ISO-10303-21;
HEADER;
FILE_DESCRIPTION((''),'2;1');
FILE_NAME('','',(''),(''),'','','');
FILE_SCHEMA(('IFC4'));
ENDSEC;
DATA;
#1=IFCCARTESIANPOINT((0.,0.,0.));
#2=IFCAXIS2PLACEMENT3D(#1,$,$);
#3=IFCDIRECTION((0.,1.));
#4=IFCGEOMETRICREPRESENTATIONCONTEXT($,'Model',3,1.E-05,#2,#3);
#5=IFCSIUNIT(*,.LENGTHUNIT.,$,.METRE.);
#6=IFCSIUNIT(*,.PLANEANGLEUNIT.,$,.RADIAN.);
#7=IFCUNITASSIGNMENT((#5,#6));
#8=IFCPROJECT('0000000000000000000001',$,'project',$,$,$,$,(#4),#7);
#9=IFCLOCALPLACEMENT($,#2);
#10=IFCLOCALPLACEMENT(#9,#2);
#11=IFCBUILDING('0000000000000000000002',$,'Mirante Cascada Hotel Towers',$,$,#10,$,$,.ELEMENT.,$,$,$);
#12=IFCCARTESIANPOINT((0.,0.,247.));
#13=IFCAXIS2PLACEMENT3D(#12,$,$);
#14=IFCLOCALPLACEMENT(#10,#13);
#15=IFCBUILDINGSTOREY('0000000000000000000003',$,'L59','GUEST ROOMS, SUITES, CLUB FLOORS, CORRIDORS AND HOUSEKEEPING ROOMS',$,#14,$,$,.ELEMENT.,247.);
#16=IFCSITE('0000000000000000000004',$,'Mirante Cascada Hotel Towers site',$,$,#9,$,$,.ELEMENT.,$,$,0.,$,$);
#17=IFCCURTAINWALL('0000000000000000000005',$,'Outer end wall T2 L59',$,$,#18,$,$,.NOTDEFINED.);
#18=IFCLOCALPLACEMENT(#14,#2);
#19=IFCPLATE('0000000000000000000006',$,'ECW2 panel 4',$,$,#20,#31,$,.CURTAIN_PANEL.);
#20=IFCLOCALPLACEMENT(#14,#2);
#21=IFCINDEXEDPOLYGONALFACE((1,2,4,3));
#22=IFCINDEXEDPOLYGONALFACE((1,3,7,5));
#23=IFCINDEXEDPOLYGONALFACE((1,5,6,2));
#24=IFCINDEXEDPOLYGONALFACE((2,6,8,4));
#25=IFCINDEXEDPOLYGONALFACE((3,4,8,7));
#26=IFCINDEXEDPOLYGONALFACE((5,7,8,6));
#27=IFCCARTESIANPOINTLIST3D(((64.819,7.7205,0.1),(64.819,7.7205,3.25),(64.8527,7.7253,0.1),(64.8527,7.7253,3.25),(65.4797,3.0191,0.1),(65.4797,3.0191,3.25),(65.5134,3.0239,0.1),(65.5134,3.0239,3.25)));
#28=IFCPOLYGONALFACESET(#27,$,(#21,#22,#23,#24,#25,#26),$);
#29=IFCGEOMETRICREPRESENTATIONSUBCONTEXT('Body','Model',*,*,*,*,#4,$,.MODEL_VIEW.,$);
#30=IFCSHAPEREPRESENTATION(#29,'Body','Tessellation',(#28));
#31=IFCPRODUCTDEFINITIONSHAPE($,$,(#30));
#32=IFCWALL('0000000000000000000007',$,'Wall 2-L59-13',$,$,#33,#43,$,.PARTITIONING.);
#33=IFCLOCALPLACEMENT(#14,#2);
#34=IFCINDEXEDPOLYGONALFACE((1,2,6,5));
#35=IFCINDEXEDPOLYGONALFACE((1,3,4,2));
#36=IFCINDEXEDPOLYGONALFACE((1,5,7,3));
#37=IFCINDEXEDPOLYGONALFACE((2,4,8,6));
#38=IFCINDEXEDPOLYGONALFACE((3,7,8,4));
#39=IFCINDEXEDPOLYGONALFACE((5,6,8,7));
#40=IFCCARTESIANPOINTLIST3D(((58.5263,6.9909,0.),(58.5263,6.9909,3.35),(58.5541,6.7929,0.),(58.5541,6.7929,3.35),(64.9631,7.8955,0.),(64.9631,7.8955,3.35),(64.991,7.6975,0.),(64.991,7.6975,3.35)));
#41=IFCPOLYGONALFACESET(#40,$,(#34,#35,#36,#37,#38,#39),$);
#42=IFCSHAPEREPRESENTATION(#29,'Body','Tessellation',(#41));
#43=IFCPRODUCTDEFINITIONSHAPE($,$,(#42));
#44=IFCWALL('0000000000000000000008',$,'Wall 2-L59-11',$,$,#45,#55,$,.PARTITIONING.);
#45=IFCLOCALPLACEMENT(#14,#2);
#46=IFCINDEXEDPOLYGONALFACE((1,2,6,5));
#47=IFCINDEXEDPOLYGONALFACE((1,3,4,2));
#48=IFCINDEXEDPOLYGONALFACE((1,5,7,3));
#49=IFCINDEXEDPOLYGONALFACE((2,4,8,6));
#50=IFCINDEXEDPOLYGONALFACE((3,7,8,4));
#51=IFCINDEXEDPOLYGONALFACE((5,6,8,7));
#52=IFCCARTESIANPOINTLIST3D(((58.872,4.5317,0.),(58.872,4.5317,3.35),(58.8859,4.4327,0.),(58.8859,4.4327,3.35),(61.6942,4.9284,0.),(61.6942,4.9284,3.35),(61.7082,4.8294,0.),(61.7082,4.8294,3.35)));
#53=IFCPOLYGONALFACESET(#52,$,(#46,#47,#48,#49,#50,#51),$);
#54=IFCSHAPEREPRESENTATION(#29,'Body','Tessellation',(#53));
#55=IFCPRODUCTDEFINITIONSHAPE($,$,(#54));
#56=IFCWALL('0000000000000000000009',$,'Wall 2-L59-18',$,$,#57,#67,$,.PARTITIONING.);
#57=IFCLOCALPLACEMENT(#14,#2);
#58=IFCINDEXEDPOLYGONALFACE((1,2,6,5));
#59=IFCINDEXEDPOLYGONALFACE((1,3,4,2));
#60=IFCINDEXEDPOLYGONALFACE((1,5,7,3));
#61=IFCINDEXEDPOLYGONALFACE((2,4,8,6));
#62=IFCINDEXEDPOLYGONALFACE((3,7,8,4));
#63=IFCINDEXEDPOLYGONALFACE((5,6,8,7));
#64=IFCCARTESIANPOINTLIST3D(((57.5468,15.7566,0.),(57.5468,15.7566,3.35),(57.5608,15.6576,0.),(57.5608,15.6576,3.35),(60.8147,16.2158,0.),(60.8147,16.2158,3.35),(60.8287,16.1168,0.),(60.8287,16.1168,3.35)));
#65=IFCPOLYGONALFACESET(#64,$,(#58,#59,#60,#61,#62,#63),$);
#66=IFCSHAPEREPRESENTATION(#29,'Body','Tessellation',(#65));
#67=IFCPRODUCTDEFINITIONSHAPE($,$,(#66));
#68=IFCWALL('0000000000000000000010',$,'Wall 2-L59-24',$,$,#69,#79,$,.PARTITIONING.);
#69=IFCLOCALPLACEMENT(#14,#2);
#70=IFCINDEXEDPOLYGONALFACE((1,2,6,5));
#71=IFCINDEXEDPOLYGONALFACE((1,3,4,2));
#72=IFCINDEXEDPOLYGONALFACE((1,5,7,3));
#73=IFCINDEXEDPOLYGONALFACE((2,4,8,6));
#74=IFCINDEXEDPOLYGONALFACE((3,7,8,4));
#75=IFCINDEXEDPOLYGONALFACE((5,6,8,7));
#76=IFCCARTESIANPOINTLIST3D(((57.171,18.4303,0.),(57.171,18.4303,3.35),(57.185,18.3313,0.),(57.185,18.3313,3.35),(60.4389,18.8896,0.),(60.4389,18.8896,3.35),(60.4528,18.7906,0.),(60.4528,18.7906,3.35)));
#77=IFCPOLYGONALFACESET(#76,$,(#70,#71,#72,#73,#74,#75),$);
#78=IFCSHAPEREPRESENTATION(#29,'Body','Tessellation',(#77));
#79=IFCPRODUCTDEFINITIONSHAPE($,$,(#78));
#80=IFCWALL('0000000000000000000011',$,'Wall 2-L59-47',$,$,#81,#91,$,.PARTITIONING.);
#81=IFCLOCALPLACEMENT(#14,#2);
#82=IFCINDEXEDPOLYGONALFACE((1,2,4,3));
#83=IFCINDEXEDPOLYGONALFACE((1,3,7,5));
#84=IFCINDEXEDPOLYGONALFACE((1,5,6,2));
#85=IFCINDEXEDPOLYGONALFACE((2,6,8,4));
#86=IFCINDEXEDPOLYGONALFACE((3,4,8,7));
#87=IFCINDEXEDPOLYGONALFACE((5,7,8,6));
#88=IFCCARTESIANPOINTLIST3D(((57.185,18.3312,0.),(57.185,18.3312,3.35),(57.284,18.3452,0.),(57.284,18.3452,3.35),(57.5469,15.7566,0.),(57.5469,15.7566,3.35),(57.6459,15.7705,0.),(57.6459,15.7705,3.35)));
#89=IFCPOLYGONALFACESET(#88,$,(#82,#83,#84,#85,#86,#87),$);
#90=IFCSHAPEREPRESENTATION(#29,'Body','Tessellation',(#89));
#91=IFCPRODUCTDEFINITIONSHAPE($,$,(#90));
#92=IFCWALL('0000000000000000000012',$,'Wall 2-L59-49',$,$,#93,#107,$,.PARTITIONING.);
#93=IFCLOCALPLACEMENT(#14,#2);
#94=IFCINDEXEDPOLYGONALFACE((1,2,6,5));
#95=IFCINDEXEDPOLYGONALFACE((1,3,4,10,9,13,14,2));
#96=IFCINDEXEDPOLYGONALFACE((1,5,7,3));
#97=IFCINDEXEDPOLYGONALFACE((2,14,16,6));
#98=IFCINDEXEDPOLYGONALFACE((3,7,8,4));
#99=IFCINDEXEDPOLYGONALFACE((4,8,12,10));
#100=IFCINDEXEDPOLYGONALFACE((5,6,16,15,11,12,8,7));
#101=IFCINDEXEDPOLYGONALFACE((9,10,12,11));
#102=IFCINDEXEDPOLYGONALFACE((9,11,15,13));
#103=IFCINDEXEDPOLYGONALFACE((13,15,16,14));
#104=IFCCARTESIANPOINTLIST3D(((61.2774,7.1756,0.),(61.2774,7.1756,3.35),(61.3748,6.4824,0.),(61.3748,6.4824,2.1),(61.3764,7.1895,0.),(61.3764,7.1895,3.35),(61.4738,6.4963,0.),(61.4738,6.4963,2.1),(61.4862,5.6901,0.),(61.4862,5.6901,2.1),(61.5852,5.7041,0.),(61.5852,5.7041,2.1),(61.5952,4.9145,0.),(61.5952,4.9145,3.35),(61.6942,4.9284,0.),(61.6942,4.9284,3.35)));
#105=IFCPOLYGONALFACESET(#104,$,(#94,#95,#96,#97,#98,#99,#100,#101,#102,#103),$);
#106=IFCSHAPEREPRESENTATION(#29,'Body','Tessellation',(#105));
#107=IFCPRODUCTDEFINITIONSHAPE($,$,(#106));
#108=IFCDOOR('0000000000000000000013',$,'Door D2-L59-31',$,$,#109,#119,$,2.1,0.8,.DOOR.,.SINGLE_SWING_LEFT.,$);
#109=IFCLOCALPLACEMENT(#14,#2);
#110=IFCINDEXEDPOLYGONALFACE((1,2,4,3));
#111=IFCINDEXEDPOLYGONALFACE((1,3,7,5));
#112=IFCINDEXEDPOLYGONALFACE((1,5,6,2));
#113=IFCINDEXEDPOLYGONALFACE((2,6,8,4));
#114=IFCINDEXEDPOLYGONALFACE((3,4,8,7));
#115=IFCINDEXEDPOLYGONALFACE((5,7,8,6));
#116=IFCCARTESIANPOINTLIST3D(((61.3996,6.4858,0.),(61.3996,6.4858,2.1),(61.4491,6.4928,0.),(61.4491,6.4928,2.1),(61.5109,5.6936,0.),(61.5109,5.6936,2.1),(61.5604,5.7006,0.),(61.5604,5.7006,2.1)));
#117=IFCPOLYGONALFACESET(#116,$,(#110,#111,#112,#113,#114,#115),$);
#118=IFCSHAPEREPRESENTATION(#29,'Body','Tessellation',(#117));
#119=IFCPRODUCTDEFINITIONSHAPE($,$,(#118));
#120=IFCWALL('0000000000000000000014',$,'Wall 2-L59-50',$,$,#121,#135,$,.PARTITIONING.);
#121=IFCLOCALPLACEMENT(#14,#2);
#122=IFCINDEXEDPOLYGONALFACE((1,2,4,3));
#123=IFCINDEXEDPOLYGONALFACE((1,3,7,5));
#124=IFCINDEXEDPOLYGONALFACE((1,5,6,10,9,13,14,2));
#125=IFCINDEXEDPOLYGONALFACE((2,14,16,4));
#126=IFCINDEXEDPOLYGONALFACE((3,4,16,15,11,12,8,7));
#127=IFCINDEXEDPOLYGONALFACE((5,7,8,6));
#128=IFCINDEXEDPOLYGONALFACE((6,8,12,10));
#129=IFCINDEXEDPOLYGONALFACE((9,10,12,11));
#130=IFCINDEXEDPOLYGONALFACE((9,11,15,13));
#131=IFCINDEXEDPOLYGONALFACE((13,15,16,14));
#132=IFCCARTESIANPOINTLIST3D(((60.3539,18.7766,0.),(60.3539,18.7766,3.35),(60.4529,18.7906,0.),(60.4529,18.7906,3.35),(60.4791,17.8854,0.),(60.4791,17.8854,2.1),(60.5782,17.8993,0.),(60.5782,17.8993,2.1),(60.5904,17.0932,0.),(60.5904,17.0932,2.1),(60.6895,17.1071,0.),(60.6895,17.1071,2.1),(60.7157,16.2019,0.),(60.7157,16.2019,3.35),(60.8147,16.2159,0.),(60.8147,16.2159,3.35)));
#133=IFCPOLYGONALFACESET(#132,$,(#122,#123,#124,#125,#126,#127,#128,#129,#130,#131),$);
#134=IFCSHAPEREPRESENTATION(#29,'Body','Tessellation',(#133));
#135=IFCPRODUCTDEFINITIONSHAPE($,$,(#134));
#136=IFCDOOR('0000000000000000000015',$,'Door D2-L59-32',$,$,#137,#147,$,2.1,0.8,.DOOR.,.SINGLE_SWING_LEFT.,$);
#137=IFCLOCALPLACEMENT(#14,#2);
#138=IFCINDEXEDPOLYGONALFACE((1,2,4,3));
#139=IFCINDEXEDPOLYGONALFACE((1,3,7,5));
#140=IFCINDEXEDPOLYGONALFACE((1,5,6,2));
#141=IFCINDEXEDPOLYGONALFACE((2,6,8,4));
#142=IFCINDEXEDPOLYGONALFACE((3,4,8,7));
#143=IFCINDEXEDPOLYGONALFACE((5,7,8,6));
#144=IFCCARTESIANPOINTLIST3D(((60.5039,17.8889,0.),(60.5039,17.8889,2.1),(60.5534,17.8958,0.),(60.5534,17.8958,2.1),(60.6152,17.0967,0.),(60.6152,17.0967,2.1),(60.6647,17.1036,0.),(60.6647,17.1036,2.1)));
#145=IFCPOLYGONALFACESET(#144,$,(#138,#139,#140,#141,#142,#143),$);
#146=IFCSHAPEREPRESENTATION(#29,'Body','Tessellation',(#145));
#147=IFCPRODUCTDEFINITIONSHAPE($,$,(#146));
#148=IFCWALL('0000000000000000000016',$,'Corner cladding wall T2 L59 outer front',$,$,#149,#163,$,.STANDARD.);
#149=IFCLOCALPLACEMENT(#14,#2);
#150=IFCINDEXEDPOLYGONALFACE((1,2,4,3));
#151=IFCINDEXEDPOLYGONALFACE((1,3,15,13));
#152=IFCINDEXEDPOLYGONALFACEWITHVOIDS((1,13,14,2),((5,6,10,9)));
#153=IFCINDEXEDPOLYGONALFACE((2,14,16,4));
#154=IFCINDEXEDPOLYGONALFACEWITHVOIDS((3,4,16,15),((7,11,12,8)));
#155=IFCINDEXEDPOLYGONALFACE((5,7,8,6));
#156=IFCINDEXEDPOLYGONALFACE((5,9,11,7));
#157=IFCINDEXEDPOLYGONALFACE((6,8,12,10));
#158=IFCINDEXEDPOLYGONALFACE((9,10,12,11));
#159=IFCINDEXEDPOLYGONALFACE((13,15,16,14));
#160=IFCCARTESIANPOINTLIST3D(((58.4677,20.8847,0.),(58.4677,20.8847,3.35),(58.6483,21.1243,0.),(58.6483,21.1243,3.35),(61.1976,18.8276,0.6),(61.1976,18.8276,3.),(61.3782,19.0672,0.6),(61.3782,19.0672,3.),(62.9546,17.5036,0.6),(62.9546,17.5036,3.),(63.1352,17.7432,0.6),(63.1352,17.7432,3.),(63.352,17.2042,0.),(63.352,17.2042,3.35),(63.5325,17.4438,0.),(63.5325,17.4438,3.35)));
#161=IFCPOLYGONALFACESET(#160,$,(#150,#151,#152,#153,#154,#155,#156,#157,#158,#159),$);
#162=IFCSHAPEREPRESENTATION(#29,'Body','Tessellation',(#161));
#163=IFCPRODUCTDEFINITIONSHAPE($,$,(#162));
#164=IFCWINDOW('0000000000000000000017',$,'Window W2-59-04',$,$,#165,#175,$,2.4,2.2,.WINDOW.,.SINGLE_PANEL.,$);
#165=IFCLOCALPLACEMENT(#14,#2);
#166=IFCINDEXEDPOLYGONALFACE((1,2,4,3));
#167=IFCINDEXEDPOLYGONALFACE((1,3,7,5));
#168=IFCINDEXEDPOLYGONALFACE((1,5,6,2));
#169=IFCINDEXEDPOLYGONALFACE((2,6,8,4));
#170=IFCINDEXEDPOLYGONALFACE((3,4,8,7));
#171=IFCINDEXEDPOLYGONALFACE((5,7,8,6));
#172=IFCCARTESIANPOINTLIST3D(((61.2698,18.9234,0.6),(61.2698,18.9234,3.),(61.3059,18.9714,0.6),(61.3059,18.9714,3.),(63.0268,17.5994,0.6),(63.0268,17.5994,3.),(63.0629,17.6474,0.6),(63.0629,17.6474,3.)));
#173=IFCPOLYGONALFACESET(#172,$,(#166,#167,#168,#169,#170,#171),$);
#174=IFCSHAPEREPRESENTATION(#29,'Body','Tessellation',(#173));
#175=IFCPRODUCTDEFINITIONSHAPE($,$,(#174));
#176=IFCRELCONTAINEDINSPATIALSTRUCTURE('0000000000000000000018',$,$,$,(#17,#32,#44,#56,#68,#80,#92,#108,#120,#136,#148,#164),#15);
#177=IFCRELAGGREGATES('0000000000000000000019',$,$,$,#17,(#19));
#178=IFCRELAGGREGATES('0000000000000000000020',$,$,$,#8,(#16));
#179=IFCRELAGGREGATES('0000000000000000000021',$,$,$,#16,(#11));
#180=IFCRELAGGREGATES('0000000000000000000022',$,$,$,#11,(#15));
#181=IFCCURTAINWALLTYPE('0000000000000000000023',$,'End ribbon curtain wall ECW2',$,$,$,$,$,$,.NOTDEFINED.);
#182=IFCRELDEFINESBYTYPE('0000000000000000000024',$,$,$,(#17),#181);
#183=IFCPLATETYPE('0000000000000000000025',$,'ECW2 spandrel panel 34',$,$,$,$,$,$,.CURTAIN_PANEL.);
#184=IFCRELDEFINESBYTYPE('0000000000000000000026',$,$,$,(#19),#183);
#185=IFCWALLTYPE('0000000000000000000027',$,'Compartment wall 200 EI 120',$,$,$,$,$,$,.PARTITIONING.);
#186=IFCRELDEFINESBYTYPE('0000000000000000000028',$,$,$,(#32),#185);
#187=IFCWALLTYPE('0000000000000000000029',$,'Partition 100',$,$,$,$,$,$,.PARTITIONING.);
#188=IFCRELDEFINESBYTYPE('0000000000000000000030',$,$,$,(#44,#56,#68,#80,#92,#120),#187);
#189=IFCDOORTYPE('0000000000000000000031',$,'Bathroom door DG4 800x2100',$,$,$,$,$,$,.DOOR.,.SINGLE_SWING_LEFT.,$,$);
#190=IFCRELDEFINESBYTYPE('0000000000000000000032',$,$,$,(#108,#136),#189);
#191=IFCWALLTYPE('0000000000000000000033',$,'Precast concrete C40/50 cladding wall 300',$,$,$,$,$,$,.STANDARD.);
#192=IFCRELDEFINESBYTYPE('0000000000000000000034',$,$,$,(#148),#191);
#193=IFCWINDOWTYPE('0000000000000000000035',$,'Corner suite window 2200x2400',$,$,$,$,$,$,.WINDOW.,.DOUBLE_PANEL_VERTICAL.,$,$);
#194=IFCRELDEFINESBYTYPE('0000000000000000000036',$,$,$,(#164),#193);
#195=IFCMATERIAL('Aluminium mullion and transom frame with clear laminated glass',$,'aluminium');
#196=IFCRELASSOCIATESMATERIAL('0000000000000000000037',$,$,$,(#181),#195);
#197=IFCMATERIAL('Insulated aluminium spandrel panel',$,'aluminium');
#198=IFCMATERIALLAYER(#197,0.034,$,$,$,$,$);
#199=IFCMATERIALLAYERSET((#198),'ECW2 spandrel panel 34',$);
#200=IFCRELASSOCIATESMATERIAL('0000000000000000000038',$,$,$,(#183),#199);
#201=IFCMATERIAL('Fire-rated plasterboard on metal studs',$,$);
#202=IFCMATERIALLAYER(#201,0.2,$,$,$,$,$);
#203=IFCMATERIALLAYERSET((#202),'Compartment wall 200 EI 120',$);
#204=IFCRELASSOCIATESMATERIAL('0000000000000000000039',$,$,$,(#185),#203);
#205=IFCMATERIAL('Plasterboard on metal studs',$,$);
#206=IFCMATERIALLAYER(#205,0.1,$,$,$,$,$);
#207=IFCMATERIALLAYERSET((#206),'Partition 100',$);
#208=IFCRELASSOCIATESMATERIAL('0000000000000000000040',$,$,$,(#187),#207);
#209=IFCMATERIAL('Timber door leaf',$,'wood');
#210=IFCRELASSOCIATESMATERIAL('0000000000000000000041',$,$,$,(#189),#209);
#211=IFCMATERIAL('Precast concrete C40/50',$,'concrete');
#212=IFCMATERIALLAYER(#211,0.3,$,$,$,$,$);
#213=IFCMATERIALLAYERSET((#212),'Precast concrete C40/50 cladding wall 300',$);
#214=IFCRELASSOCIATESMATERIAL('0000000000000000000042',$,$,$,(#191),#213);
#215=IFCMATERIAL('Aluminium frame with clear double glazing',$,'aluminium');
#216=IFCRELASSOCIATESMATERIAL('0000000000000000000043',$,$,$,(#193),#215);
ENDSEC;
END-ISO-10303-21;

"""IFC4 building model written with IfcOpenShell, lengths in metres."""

from ifc_helpers import new_model, si_unit, direction, frame, frame_2d, origin, origin_2d, place, context, subcontext, project, spatial, rectangle, extrude, material, layer, layer_set, type_object, element, fill, aggregate, save


model = new_model("IFC4")

# Units and contexts
model_context = context("Model", 3, precision=1e-05, world=origin(), true_north=direction((0.0, 1.0)))
body_context = subcontext(model_context, "Body", "Model", "MODEL_VIEW")
ifc_project = project(units=[si_unit("LENGTHUNIT", "METRE"), si_unit("PLANEANGLEUNIT", "RADIAN")], contexts=[model_context])

# Site, building, storey
site_placement = place(None, origin())
site = spatial("IfcSite", under=ifc_project, at=site_placement, Name="Mirante Cascada Hotel Towers site", CompositionType="ELEMENT", RefElevation=0.0)
building_placement = place(site_placement, origin())
building = spatial("IfcBuilding", under=site, at=building_placement, Name="Mirante Cascada Hotel Towers", CompositionType="ELEMENT")
storey_placement = place(building_placement, frame((0.0, 0.0, 247.0)))
storey = spatial("IfcBuildingStorey", under=building, at=storey_placement, Name="L59", Description="GUEST ROOMS, SUITES, CLUB FLOORS, CORRIDORS AND HOUSEKEEPING ROOMS", CompositionType="ELEMENT", Elevation=247.0)

# Curtain wall
ifc_material_1 = material(Name="Aluminium mullion and transom frame with clear laminated glass", Category="aluminium")
curtain_wall_type_1 = type_object("IfcCurtainWallType", Name="End ribbon curtain wall ECW2", PredefinedType="NOTDEFINED", material=ifc_material_1)
curtain_wall_1_placement = place(storey_placement, origin())
curtain_wall_1 = element("IfcCurtainWall", 1, at=curtain_wall_1_placement, inside=storey, type_object=curtain_wall_type_1, Name="Outer end wall T2 L59", PredefinedType="NOTDEFINED")

# Plate
ifc_material_2 = material(Name="Insulated aluminium spandrel panel", Category="aluminium")
ifc_layer_1 = layer(ifc_material_2, 0.034)
ifc_layer_set_1 = layer_set([ifc_layer_1], Name="ECW2 spandrel panel 34")
plate_type_1 = type_object("IfcPlateType", Name="ECW2 spandrel panel 34", PredefinedType="CURTAIN_PANEL", material=ifc_layer_set_1)
plate_1_placement = place(storey_placement, frame((65.1662, 5.3722, 0.1), z_axis=(0.0, 0.0, 1.0), x_axis=(-0.139173, 0.990268, 0.0)))
plate_1 = element("IfcPlate", 2, at=plate_1_placement, type_object=plate_type_1, Name="ECW2 panel 4", PredefinedType="CURTAIN_PANEL", context=body_context, shape_type="SweptSolid", body=[
    extrude(rectangle(XDim=4.7476, YDim=0.034, at=origin_2d()), origin(), (0.0, 0.0, 1.0), 3.15),
])
aggregate(curtain_wall_1, [plate_1])

# Walls
ifc_material_3 = material(Name="Fire-rated plasterboard on metal studs")
ifc_layer_2 = layer(ifc_material_3, 0.2)
ifc_layer_set_2 = layer_set([ifc_layer_2], Name="Compartment wall 200 EI 120")
wall_type_1 = type_object("IfcWallType", Name="Compartment wall 200 EI 120", PredefinedType="PARTITIONING", material=ifc_layer_set_2)
wall_1_placement = place(storey_placement, frame((64.977, 7.7965, 0.0), z_axis=(0.0, 0.0, 1.0), x_axis=(-0.990269, -0.139168, 0.0)))
element("IfcWall", 3, at=wall_1_placement, inside=storey, type_object=wall_type_1, Name="Wall 2-L59-13", PredefinedType="PARTITIONING", context=body_context, shape_type="SweptSolid", body=[
    extrude(rectangle(XDim=6.5001, YDim=0.2, at=frame_2d((3.25, 0.0))), origin(), (0.0, 0.0, 1.0), 3.35),
])
ifc_material_4 = material(Name="Plasterboard on metal studs")
ifc_layer_3 = layer(ifc_material_4, 0.1)
ifc_layer_set_3 = layer_set([ifc_layer_3], Name="Partition 100")
wall_type_2 = type_object("IfcWallType", Name="Partition 100", PredefinedType="PARTITIONING", material=ifc_layer_set_3)
wall_2_placement = place(storey_placement, frame((61.7012, 4.8789, 0.0), z_axis=(0.0, 0.0, 1.0), x_axis=(-0.990266, -0.139191, 0.0)))
element("IfcWall", 4, at=wall_2_placement, inside=storey, type_object=wall_type_2, Name="Wall 2-L59-11", PredefinedType="PARTITIONING", context=body_context, shape_type="SweptSolid", body=[
    extrude(rectangle(XDim=2.85, YDim=0.1, at=frame_2d((1.425, 0.0))), origin(), (0.0, 0.0, 1.0), 3.35),
])
for number, where, z_axis, x_axis, name in (
    (5, (57.5538, 15.7071, 0.0), (0.0, 0.0, 1.0), (0.990271, 0.139151, 0.0), "Wall 2-L59-18"),
    (6, (57.178, 18.3808, 0.0), (0.0, 0.0, 1.0), (0.990267, 0.139181, 0.0), "Wall 2-L59-24"),
):
    element("IfcWall", number, at=place(storey_placement, frame(where, z_axis=z_axis, x_axis=x_axis)), inside=storey, type_object=wall_type_2, Name=name, PredefinedType="PARTITIONING", context=body_context, shape_type="SweptSolid", body=[
        extrude(rectangle(XDim=3.3, YDim=0.1, at=frame_2d((1.65, 0.0))), origin(), (0.0, 0.0, 1.0), 3.35),
    ])
wall_3_placement = place(storey_placement, frame((57.2345, 18.3382, 0.0), z_axis=(0.0, 0.0, 1.0), x_axis=(0.139192, -0.990265, 0.0)))
element("IfcWall", 7, at=wall_3_placement, inside=storey, type_object=wall_type_2, Name="Wall 2-L59-47", PredefinedType="PARTITIONING", context=body_context, shape_type="SweptSolid", body=[
    extrude(rectangle(XDim=2.6, YDim=0.1, at=frame_2d((1.3, 0.0))), origin(), (0.0, 0.0, 1.0), 3.35),
])

# Walls, openings, doors
wall_4_placement = place(storey_placement, frame((61.3269, 7.1825, 0.0), z_axis=(0.0, 0.0, 1.0), x_axis=(0.139183, -0.990267, 0.0)))
wall_4 = element("IfcWall", 8, at=wall_4_placement, inside=storey, type_object=wall_type_2, Name="Wall 2-L59-49", PredefinedType="PARTITIONING", context=body_context, shape_type="SweptSolid", body=[
    extrude(rectangle(XDim=2.2833, YDim=0.1, at=frame_2d((1.1416, 0.0))), origin(), (0.0, 0.0, 1.0), 3.35),
])
opening_1_placement = place(wall_4_placement, frame((0.7, 0.0, 0.0)))
opening_1 = element("IfcOpeningElement", 9, at=opening_1_placement, cuts=wall_4, PredefinedType="OPENING", context=body_context, shape_type="SweptSolid", body=[
    extrude(rectangle(XDim=0.8, YDim=2.1, at=frame_2d((0.4, 1.05))), frame((0.0, 0.05, 0.0), z_axis=(0.0, -1.0, 0.0), x_axis=(1.0, 0.0, 0.0)), (0.0, 0.0, 1.0), 0.1),
])
ifc_material_5 = material(Name="Timber door leaf", Category="wood")
door_type = type_object("IfcDoorType", Name="Bathroom door DG4 800x2100", OperationType="SINGLE_SWING_LEFT", PredefinedType="DOOR", material=ifc_material_5)
door_1_placement = place(opening_1_placement, origin())
door_1 = element("IfcDoor", 10, at=door_1_placement, inside=storey, type_object=door_type, Name="Door D2-L59-31", OperationType="SINGLE_SWING_LEFT", OverallHeight=2.1, OverallWidth=0.8, PredefinedType="DOOR", context=body_context, shape_type="SweptSolid", body=[
    extrude(rectangle(XDim=0.8, YDim=2.1, at=frame_2d((0.4, 1.05))), frame((0.0, 0.025, 0.0), z_axis=(0.0, -1.0, 0.0), x_axis=(1.0, 0.0, 0.0)), (0.0, 0.0, 1.0), 0.05),
])
fill(opening_1, door_1)
wall_5_placement = place(storey_placement, frame((60.7652, 16.2089, 0.0), z_axis=(0.0, 0.0, 1.0), x_axis=(-0.139154, 0.990271, 0.0)))
wall_5 = element("IfcWall", 11, at=wall_5_placement, inside=storey, type_object=wall_type_2, Name="Wall 2-L59-50", PredefinedType="PARTITIONING", context=body_context, shape_type="SweptSolid", body=[
    extrude(rectangle(XDim=2.6, YDim=0.1, at=frame_2d((1.3, 0.0))), origin(), (0.0, 0.0, 1.0), 3.35),
])
opening_2_placement = place(wall_5_placement, frame((0.9, 0.0, 0.0)))
opening_2 = element("IfcOpeningElement", 12, at=opening_2_placement, cuts=wall_5, PredefinedType="OPENING", context=body_context, shape_type="SweptSolid", body=[
    extrude(rectangle(XDim=0.8, YDim=2.1, at=frame_2d((0.4, 1.05))), frame((0.0, 0.05, 0.0), z_axis=(0.0, -1.0, 0.0), x_axis=(1.0, 0.0, 0.0)), (0.0, 0.0, 1.0), 0.1),
])
door_2_placement = place(opening_2_placement, origin())
door_2 = element("IfcDoor", 13, at=door_2_placement, inside=storey, type_object=door_type, Name="Door D2-L59-32", OperationType="SINGLE_SWING_LEFT", OverallHeight=2.1, OverallWidth=0.8, PredefinedType="DOOR", context=body_context, shape_type="SweptSolid", body=[
    extrude(rectangle(XDim=0.8, YDim=2.1, at=frame_2d((0.4, 1.05))), frame((0.0, 0.025, 0.0), z_axis=(0.0, -1.0, 0.0), x_axis=(1.0, 0.0, 0.0)), (0.0, 0.0, 1.0), 0.05),
])
fill(opening_2, door_2)

# Wall, opening, window
ifc_material_6 = material(Name="Precast concrete C40/50", Category="concrete")
ifc_layer_4 = layer(ifc_material_6, 0.3)
ifc_layer_set_4 = layer_set([ifc_layer_4], Name="Precast concrete C40/50 cladding wall 300")
wall_type_3 = type_object("IfcWallType", Name="Precast concrete C40/50 cladding wall 300", PredefinedType="STANDARD", material=ifc_layer_set_4)
wall_6_placement = place(storey_placement, frame((63.4422, 17.324, 0.0), z_axis=(0.0, 0.0, 1.0), x_axis=(-0.798636, 0.601814, 0.0)))
wall_6 = element("IfcWall", 14, at=wall_6_placement, inside=storey, type_object=wall_type_3, Name="Corner cladding wall T2 L59 outer front", PredefinedType="STANDARD", context=body_context, shape_type="SweptSolid", body=[
    extrude(rectangle(XDim=6.1157, YDim=0.3, at=frame_2d((3.0578, 0.0))), origin(), (0.0, 0.0, 1.0), 3.35),
])
opening_3_placement = place(wall_6_placement, frame((0.4975, 0.0, 0.6)))
opening_3 = element("IfcOpeningElement", 15, at=opening_3_placement, cuts=wall_6, PredefinedType="OPENING", context=body_context, shape_type="SweptSolid", body=[
    extrude(rectangle(XDim=2.2, YDim=2.4, at=frame_2d((1.1, 1.2))), frame((0.0, 0.15, 0.0), z_axis=(0.0, -1.0, 0.0), x_axis=(1.0, 0.0, 0.0)), (0.0, 0.0, 1.0), 0.3),
])
ifc_material_7 = material(Name="Aluminium frame with clear double glazing", Category="aluminium")
window_type = type_object("IfcWindowType", Name="Corner suite window 2200x2400", PartitioningType="DOUBLE_PANEL_VERTICAL", PredefinedType="WINDOW", material=ifc_material_7)
window_placement = place(opening_3_placement, origin())
window = element("IfcWindow", 16, at=window_placement, inside=storey, type_object=window_type, Name="Window W2-59-04", OverallHeight=2.4, OverallWidth=2.2, PartitioningType="SINGLE_PANEL", PredefinedType="WINDOW", context=body_context, shape_type="SweptSolid", body=[
    extrude(rectangle(XDim=2.2, YDim=2.4, at=frame_2d((1.1, 1.2))), frame((0.0, 0.03, 0.0), z_axis=(0.0, -1.0, 0.0), x_axis=(1.0, 0.0, 0.0)), (0.0, 0.0, 1.0), 0.06),
])
fill(opening_3, window)

save(model, "model.ifc")
